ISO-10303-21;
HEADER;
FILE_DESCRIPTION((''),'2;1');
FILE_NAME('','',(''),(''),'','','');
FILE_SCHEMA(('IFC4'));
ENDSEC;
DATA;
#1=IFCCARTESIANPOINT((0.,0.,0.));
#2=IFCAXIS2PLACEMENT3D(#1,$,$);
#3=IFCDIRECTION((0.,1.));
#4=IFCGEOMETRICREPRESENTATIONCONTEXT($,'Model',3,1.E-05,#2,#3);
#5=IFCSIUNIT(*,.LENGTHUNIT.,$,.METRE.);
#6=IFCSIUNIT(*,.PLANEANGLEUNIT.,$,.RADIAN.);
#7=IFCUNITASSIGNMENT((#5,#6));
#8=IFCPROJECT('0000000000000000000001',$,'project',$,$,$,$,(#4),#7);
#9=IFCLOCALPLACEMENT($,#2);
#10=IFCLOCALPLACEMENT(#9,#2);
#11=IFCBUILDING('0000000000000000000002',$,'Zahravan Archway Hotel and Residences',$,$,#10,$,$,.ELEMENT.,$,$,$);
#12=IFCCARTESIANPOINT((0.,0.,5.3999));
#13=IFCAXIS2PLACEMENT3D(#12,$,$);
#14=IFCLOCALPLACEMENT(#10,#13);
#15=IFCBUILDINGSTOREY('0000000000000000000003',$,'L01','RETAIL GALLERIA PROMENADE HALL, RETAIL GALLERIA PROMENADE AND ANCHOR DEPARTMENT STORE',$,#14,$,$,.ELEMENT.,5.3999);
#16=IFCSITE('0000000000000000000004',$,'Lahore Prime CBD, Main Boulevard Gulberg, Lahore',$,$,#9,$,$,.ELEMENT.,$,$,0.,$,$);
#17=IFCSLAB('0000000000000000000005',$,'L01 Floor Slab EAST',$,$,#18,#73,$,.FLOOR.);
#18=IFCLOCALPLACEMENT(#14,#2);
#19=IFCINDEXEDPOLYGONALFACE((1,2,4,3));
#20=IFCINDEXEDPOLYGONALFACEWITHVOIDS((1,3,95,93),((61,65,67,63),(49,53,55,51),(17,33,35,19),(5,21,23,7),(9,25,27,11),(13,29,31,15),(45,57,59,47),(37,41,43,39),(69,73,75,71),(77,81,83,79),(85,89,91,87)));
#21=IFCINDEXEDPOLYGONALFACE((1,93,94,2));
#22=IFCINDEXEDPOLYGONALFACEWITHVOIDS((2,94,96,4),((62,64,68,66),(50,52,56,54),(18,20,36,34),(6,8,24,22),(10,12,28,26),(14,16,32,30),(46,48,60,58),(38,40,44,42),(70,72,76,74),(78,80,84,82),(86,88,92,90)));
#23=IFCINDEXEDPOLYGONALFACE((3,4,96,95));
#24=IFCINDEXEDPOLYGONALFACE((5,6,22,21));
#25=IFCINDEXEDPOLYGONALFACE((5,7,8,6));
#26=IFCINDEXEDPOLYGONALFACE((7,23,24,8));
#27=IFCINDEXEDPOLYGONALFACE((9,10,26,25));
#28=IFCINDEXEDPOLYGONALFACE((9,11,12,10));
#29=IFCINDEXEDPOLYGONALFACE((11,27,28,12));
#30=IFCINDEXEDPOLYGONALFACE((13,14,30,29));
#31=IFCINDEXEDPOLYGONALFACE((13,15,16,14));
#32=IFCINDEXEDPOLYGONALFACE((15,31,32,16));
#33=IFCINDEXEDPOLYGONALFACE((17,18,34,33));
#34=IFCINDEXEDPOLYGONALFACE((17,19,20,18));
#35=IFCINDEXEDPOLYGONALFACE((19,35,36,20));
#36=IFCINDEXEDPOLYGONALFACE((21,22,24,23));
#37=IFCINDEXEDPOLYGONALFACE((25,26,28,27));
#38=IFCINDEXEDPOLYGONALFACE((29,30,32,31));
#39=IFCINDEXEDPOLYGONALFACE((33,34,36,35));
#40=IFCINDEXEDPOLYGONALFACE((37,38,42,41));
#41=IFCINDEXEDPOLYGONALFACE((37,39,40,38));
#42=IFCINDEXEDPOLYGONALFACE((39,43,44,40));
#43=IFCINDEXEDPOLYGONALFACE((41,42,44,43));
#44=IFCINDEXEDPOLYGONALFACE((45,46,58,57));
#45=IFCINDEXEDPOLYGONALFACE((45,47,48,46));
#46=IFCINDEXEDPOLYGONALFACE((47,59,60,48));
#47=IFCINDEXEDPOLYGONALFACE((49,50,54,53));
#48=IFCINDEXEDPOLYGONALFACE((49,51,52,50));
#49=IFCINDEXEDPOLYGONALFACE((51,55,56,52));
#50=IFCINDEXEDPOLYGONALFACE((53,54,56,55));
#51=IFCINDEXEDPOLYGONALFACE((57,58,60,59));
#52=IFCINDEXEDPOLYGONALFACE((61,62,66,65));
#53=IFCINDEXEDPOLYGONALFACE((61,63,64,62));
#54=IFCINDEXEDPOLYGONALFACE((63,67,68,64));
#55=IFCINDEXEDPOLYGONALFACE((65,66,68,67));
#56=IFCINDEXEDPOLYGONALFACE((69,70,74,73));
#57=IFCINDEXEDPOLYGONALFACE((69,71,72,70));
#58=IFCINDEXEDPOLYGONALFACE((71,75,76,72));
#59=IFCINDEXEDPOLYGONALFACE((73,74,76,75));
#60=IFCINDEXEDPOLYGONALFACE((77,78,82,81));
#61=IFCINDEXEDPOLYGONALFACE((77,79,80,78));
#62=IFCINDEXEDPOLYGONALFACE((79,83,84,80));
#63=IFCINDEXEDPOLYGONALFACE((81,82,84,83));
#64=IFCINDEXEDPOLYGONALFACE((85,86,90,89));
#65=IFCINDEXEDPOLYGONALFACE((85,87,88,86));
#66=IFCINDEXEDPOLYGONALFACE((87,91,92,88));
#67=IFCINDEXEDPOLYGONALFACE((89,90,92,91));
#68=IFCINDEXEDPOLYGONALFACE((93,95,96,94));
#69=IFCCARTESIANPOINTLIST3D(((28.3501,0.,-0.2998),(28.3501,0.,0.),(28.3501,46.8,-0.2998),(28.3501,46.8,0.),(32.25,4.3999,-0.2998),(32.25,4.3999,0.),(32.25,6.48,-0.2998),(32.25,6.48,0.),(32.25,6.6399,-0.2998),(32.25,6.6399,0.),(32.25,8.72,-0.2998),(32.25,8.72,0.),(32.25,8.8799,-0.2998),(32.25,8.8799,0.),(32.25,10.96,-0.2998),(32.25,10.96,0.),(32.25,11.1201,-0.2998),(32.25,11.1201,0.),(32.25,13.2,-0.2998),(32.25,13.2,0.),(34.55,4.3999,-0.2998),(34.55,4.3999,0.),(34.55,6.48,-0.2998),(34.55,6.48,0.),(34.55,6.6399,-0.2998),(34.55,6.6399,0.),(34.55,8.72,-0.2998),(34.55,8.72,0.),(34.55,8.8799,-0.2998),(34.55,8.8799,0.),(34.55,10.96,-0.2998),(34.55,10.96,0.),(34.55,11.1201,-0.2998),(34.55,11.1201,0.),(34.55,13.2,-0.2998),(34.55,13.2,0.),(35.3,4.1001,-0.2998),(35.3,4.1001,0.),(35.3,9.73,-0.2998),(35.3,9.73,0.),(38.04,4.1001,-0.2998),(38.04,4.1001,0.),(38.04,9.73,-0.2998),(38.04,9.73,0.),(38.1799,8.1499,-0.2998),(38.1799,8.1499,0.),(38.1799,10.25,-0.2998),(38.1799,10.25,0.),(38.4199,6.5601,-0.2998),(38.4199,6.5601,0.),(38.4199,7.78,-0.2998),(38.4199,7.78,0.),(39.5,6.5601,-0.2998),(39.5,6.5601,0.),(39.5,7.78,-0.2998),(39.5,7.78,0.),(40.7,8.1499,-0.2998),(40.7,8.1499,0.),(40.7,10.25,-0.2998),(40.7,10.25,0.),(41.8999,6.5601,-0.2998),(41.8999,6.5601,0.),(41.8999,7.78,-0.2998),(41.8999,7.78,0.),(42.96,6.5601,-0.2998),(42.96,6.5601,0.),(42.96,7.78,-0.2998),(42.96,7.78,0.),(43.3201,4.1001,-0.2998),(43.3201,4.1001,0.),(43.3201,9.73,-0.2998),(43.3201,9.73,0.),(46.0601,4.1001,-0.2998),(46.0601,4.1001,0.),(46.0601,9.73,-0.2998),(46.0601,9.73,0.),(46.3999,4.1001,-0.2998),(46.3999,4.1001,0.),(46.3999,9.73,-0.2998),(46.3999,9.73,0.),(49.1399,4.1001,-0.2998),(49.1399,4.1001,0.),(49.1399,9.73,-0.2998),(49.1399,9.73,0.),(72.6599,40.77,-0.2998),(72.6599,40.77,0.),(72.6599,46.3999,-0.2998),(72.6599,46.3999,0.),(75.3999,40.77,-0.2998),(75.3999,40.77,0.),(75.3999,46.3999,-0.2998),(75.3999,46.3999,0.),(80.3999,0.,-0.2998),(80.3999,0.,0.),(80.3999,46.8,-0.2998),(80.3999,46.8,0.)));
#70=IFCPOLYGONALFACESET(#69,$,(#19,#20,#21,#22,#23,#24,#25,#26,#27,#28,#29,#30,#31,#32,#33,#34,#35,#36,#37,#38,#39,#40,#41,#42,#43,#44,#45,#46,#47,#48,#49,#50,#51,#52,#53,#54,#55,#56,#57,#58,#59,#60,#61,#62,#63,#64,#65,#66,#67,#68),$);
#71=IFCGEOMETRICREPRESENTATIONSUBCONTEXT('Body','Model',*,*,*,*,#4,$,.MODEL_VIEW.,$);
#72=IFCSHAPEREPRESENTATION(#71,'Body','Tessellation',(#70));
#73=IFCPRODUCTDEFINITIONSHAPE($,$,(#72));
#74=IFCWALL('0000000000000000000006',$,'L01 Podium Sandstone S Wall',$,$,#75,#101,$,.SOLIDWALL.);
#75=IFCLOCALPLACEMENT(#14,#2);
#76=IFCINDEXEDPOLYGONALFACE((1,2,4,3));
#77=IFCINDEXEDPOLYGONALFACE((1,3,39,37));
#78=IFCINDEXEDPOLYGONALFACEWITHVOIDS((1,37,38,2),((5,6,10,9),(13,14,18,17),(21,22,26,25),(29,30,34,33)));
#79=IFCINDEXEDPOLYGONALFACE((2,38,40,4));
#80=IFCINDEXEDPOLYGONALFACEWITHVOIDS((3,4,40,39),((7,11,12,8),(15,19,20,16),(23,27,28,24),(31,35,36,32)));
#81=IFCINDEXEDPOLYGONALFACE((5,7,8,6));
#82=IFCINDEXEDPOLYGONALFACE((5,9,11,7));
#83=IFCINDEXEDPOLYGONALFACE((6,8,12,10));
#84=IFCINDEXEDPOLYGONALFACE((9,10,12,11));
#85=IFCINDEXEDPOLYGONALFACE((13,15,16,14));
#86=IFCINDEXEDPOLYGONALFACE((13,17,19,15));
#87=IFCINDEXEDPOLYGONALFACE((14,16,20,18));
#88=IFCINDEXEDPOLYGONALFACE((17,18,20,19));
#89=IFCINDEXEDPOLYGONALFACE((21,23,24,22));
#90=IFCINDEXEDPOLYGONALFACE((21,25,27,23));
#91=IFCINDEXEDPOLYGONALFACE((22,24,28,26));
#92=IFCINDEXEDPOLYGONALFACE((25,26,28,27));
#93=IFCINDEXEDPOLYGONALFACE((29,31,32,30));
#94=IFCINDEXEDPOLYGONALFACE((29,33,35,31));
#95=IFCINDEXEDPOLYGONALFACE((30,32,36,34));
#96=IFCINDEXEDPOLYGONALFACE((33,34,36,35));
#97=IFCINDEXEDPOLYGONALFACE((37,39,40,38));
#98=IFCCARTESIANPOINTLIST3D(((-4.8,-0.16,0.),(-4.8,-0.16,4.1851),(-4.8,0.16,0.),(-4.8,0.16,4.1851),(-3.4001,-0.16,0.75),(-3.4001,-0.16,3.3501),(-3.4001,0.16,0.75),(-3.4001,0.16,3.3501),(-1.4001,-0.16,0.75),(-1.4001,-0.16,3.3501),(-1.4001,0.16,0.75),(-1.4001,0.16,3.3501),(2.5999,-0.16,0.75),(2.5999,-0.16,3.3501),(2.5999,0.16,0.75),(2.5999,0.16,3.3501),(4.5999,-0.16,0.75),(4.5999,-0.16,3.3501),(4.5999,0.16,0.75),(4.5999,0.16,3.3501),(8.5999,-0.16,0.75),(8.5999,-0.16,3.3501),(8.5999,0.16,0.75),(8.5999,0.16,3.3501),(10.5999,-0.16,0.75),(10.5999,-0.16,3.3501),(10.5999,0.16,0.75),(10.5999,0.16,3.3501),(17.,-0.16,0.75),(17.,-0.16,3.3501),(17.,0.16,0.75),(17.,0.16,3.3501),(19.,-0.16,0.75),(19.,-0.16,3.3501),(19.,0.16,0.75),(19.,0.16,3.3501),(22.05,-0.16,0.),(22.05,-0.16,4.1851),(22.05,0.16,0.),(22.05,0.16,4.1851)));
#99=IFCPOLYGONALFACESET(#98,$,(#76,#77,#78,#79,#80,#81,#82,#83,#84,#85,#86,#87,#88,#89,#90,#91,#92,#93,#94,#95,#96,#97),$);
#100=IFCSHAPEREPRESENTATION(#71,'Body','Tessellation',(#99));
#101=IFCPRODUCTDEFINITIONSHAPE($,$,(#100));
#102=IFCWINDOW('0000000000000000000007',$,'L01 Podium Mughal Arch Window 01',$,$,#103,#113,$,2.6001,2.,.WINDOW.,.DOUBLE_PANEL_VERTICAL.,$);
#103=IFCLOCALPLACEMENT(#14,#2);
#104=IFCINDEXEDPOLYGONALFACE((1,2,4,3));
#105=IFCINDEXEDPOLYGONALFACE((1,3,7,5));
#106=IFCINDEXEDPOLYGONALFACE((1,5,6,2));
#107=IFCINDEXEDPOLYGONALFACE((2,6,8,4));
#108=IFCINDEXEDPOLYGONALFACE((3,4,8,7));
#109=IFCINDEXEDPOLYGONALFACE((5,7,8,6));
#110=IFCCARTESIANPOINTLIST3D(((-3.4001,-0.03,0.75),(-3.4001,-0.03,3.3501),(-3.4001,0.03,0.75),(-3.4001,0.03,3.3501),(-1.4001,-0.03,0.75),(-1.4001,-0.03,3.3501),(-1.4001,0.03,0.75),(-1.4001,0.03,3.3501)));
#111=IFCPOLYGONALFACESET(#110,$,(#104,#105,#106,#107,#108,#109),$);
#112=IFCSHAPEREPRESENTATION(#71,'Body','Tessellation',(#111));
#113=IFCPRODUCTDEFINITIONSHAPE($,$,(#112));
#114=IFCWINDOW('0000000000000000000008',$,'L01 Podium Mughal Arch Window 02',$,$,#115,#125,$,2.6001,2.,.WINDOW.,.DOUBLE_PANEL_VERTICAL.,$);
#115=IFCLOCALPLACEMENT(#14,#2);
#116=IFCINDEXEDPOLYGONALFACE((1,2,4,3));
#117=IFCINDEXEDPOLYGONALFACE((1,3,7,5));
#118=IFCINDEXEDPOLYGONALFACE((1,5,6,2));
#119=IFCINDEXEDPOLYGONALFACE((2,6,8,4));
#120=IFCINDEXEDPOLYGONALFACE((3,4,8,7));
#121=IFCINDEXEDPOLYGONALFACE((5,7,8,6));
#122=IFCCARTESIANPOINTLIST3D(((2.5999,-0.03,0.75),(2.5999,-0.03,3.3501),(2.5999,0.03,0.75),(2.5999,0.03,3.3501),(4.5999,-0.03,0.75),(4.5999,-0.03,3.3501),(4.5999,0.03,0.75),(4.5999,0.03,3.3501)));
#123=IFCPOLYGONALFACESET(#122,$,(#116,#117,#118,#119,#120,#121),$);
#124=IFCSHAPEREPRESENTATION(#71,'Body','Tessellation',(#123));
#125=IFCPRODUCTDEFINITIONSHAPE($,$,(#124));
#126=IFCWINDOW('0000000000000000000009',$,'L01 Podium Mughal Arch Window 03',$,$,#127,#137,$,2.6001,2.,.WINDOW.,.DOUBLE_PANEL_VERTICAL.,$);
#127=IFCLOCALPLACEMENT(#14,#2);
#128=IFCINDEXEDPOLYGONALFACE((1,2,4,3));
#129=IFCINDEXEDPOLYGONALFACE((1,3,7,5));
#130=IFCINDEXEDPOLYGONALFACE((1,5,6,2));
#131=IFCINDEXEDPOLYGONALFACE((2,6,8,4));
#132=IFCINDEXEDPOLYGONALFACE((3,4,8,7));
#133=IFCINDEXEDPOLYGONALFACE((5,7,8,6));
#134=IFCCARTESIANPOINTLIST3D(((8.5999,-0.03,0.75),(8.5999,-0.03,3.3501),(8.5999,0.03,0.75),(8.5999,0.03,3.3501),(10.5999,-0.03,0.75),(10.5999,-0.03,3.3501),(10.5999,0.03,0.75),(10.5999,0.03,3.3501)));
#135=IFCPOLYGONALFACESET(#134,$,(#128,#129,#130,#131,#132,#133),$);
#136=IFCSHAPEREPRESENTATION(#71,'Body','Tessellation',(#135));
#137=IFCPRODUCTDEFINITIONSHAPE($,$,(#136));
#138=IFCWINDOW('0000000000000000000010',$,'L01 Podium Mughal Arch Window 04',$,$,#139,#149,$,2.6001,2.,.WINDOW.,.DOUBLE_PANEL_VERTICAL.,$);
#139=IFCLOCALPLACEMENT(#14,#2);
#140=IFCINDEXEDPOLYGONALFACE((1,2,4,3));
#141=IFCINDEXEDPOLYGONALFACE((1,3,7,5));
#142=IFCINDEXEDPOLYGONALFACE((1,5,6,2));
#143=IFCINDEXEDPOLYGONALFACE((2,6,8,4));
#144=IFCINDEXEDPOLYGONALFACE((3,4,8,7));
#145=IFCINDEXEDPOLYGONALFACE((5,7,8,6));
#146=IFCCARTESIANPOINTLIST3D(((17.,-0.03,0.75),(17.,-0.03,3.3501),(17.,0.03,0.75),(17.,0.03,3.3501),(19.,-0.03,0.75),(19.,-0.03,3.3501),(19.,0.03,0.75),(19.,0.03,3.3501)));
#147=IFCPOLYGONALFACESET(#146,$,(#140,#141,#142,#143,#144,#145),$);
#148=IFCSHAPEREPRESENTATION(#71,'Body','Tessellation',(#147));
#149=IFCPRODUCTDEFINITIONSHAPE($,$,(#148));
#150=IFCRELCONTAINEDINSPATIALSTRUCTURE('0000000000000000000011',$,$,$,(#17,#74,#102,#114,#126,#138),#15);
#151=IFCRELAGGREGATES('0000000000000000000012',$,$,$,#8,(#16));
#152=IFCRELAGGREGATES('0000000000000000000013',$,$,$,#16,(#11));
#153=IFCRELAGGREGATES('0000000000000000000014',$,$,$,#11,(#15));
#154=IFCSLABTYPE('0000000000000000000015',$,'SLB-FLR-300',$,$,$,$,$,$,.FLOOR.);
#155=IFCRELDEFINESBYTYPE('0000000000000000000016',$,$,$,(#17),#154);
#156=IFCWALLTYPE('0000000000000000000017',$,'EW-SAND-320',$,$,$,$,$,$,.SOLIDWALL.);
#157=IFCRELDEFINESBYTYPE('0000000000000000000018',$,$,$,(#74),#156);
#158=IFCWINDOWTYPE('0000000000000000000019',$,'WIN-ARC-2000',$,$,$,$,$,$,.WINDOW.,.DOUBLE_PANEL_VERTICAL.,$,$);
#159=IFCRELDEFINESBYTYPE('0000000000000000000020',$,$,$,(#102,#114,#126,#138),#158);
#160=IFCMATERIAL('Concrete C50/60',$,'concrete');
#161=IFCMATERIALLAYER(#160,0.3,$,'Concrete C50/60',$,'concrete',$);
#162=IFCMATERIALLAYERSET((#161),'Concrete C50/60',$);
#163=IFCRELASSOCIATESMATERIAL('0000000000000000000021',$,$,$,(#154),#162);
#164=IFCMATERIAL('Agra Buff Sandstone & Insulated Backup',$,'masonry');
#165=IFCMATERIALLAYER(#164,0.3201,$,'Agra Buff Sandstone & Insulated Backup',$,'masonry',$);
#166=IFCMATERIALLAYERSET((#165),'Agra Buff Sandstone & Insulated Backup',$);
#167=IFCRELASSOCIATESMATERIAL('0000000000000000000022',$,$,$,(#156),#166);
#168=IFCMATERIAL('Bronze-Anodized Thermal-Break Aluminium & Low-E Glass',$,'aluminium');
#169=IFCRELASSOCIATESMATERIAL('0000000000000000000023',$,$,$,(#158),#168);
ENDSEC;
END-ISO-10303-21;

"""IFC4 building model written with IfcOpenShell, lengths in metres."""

from ifc_helpers import new_model, si_unit, direction, frame, frame_2d, origin, place, context, subcontext, project, spatial, polyline, rectangle, outline, extrude, source, transform, mapped, material, layer, layer_set, type_object, type_shapes, element, fill, save


model = new_model("IFC4")

# Units and contexts
model_context = context("Model", 3, precision=1e-05, world=origin(), true_north=direction((0.0, 1.0)))
body_context = subcontext(model_context, "Body", "Model", "MODEL_VIEW")
ifc_project = project(units=[si_unit("LENGTHUNIT", "METRE"), si_unit("PLANEANGLEUNIT", "RADIAN")], contexts=[model_context])

# Site, building, storey
site_placement = place(None, origin())
site = spatial("IfcSite", under=ifc_project, at=site_placement, Name="Lahore Prime CBD, Main Boulevard Gulberg, Lahore", CompositionType="ELEMENT", RefElevation=0.0)
building_placement = place(site_placement, origin())
building = spatial("IfcBuilding", under=site, at=building_placement, Name="Zahravan Archway Hotel and Residences", CompositionType="ELEMENT")
storey_placement = place(building_placement, frame((0.0, 0.0, 5.3999)))
storey = spatial("IfcBuildingStorey", under=building, at=storey_placement, Name="L01", Description="RETAIL GALLERIA PROMENADE HALL, RETAIL GALLERIA PROMENADE AND ANCHOR DEPARTMENT STORE", CompositionType="ELEMENT", Elevation=5.3999)

# Slab
ifc_material_1 = material(Name="Concrete C50/60", Category="concrete")
ifc_layer_1 = layer(ifc_material_1, 0.3, Name="Concrete C50/60", Category="concrete")
ifc_layer_set_1 = layer_set([ifc_layer_1], Name="Concrete C50/60")
slab_type = type_object("IfcSlabType", Name="SLB-FLR-300", PredefinedType="FLOOR", material=ifc_layer_set_1)
slab_1_placement = place(storey_placement, frame((0.0, 0.0, -0.2998)))
element("IfcSlab", 1, at=slab_1_placement, inside=storey, type_object=slab_type, Name="L01 Floor Slab EAST", PredefinedType="FLOOR", context=body_context, shape_type="SweptSolid", body=[
    extrude(outline(polyline([(28.3501, 0.0), (80.3999, 0.0), (80.3999, 46.8), (28.3501, 46.8), (28.3501, 0.0)]), holes=[polyline([(35.3, 9.73), (35.3, 4.1001), (38.04, 4.1001), (38.04, 9.73), (35.3, 9.73)]), polyline([(43.3201, 9.73), (43.3201, 4.1001), (46.0601, 4.1001), (46.0601, 9.73), (43.3201, 9.73)]), polyline([(46.3999, 9.73), (46.3999, 4.1001), (49.1399, 4.1001), (49.1399, 9.73), (46.3999, 9.73)]), polyline([(75.3999, 40.77), (75.3999, 46.3999), (72.6599, 46.3999), (72.6599, 40.77), (75.3999, 40.77)]), polyline([(38.1799, 8.1499), (40.7, 8.1499), (40.7, 10.25), (38.1799, 10.25), (38.1799, 8.1499)]), polyline([(32.25, 4.3999), (34.55, 4.3999), (34.55, 6.48), (32.25, 6.48), (32.25, 4.3999)]), polyline([(32.25, 6.6399), (34.55, 6.6399), (34.55, 8.72), (32.25, 8.72), (32.25, 6.6399)]), polyline([(32.25, 8.8799), (34.55, 8.8799), (34.55, 10.96), (32.25, 10.96), (32.25, 8.8799)]), polyline([(32.25, 11.1201), (34.55, 11.1201), (34.55, 13.2), (32.25, 13.2), (32.25, 11.1201)]), polyline([(38.4199, 6.5601), (39.5, 6.5601), (39.5, 7.78), (38.4199, 7.78), (38.4199, 6.5601)]), polyline([(41.8999, 6.5601), (42.96, 6.5601), (42.96, 7.78), (41.8999, 7.78), (41.8999, 6.5601)])]), origin(), (0.0, 0.0, 1.0), 0.2998),
])

# Wall, openings, windows
ifc_material_2 = material(Name="Agra Buff Sandstone & Insulated Backup", Category="masonry")
ifc_layer_2 = layer(ifc_material_2, 0.3201, Name="Agra Buff Sandstone & Insulated Backup", Category="masonry")
ifc_layer_set_2 = layer_set([ifc_layer_2], Name="Agra Buff Sandstone & Insulated Backup")
wall_type = type_object("IfcWallType", Name="EW-SAND-320", PredefinedType="SOLIDWALL", material=ifc_layer_set_2)
wall_1_placement = place(storey_placement, frame((-4.8, 0.0, 0.0), z_axis=(0.0, 0.0, 1.0), x_axis=(1.0, 0.0, 0.0)))
wall_1 = element("IfcWall", 2, at=wall_1_placement, inside=storey, type_object=wall_type, Name="L01 Podium Sandstone S Wall", PredefinedType="SOLIDWALL", context=body_context, shape_type="SweptSolid", body=[
    extrude(rectangle(XDim=26.8501, YDim=0.3201, at=frame_2d((13.425, 0.0))), origin(), (0.0, 0.0, 1.0), 4.1851),
])
opening_1_placement = place(wall_1_placement, frame((1.3999, 0.0, 0.75)))
opening_1 = element("IfcOpeningElement", 3, at=opening_1_placement, cuts=wall_1, PredefinedType="OPENING", context=body_context, shape_type="SweptSolid", body=[
    extrude(rectangle(XDim=2.0, YDim=2.6001, at=frame_2d((1.0, 1.3))), frame((0.0, 0.1699, 0.0), z_axis=(0.0, -1.0, 0.0), x_axis=(1.0, 0.0, 0.0)), (0.0, 0.0, 1.0), 0.3401),
])
opening_2_placement = place(wall_1_placement, frame((7.3999, 0.0, 0.75)))
opening_2 = element("IfcOpeningElement", 4, at=opening_2_placement, cuts=wall_1, PredefinedType="OPENING", context=body_context, shape_type="SweptSolid", body=[
    extrude(rectangle(XDim=2.0, YDim=2.6001, at=frame_2d((1.0, 1.3))), frame((0.0, 0.1699, 0.0), z_axis=(0.0, -1.0, 0.0), x_axis=(1.0, 0.0, 0.0)), (0.0, 0.0, 1.0), 0.3401),
])
opening_3_placement = place(wall_1_placement, frame((13.3999, 0.0, 0.75)))
opening_3 = element("IfcOpeningElement", 5, at=opening_3_placement, cuts=wall_1, PredefinedType="OPENING", context=body_context, shape_type="SweptSolid", body=[
    extrude(rectangle(XDim=2.0, YDim=2.6001, at=frame_2d((1.0, 1.3))), frame((0.0, 0.1699, 0.0), z_axis=(0.0, -1.0, 0.0), x_axis=(1.0, 0.0, 0.0)), (0.0, 0.0, 1.0), 0.3401),
])
opening_4_placement = place(wall_1_placement, frame((21.8, 0.0, 0.75)))
opening_4 = element("IfcOpeningElement", 6, at=opening_4_placement, cuts=wall_1, PredefinedType="OPENING", context=body_context, shape_type="SweptSolid", body=[
    extrude(rectangle(XDim=2.0, YDim=2.6001, at=frame_2d((1.0, 1.3))), frame((0.0, 0.1699, 0.0), z_axis=(0.0, -1.0, 0.0), x_axis=(1.0, 0.0, 0.0)), (0.0, 0.0, 1.0), 0.3401),
])
ifc_material_3 = material(Name="Bronze-Anodized Thermal-Break Aluminium & Low-E Glass", Category="aluminium")
window_type = type_object("IfcWindowType", Name="WIN-ARC-2000", PartitioningType="DOUBLE_PANEL_VERTICAL", PredefinedType="WINDOW", material=ifc_material_3)
shared_shape_1 = source(origin(), body_context, "Body", "SweptSolid", [
    extrude(rectangle(XDim=2.0, YDim=2.6001, at=frame_2d((1.0, 1.3))), frame((0.0, 0.03, 0.0), z_axis=(0.0, -1.0, 0.0), x_axis=(1.0, 0.0, 0.0)), (0.0, 0.0, 1.0), 0.0601),
])
type_shapes(window_type, [shared_shape_1])
window_1_placement = place(opening_1_placement, origin())
window_1 = element("IfcWindow", 7, at=window_1_placement, inside=storey, type_object=window_type, Name="L01 Podium Mughal Arch Window 01", OverallHeight=2.6001, OverallWidth=2.0, PartitioningType="DOUBLE_PANEL_VERTICAL", PredefinedType="WINDOW", context=body_context, shape_type="MappedRepresentation", body=[
    mapped(shared_shape_1, transform((0.0, 0.0, 0.0), scale=1.0)),
])
fill(opening_1, window_1)
window_2_placement = place(opening_2_placement, origin())
window_2 = element("IfcWindow", 8, at=window_2_placement, inside=storey, type_object=window_type, Name="L01 Podium Mughal Arch Window 02", OverallHeight=2.6001, OverallWidth=2.0, PartitioningType="DOUBLE_PANEL_VERTICAL", PredefinedType="WINDOW", context=body_context, shape_type="MappedRepresentation", body=[
    mapped(shared_shape_1, transform((0.0, 0.0, 0.0), scale=1.0)),
])
fill(opening_2, window_2)
window_3_placement = place(opening_3_placement, origin())
window_3 = element("IfcWindow", 9, at=window_3_placement, inside=storey, type_object=window_type, Name="L01 Podium Mughal Arch Window 03", OverallHeight=2.6001, OverallWidth=2.0, PartitioningType="DOUBLE_PANEL_VERTICAL", PredefinedType="WINDOW", context=body_context, shape_type="MappedRepresentation", body=[
    mapped(shared_shape_1, transform((0.0, 0.0, 0.0), scale=1.0)),
])
fill(opening_3, window_3)
window_4_placement = place(opening_4_placement, origin())
window_4 = element("IfcWindow", 10, at=window_4_placement, inside=storey, type_object=window_type, Name="L01 Podium Mughal Arch Window 04", OverallHeight=2.6001, OverallWidth=2.0, PartitioningType="DOUBLE_PANEL_VERTICAL", PredefinedType="WINDOW", context=body_context, shape_type="MappedRepresentation", body=[
    mapped(shared_shape_1, transform((0.0, 0.0, 0.0), scale=1.0)),
])
fill(opening_4, window_4)

save(model, "model.ifc")
